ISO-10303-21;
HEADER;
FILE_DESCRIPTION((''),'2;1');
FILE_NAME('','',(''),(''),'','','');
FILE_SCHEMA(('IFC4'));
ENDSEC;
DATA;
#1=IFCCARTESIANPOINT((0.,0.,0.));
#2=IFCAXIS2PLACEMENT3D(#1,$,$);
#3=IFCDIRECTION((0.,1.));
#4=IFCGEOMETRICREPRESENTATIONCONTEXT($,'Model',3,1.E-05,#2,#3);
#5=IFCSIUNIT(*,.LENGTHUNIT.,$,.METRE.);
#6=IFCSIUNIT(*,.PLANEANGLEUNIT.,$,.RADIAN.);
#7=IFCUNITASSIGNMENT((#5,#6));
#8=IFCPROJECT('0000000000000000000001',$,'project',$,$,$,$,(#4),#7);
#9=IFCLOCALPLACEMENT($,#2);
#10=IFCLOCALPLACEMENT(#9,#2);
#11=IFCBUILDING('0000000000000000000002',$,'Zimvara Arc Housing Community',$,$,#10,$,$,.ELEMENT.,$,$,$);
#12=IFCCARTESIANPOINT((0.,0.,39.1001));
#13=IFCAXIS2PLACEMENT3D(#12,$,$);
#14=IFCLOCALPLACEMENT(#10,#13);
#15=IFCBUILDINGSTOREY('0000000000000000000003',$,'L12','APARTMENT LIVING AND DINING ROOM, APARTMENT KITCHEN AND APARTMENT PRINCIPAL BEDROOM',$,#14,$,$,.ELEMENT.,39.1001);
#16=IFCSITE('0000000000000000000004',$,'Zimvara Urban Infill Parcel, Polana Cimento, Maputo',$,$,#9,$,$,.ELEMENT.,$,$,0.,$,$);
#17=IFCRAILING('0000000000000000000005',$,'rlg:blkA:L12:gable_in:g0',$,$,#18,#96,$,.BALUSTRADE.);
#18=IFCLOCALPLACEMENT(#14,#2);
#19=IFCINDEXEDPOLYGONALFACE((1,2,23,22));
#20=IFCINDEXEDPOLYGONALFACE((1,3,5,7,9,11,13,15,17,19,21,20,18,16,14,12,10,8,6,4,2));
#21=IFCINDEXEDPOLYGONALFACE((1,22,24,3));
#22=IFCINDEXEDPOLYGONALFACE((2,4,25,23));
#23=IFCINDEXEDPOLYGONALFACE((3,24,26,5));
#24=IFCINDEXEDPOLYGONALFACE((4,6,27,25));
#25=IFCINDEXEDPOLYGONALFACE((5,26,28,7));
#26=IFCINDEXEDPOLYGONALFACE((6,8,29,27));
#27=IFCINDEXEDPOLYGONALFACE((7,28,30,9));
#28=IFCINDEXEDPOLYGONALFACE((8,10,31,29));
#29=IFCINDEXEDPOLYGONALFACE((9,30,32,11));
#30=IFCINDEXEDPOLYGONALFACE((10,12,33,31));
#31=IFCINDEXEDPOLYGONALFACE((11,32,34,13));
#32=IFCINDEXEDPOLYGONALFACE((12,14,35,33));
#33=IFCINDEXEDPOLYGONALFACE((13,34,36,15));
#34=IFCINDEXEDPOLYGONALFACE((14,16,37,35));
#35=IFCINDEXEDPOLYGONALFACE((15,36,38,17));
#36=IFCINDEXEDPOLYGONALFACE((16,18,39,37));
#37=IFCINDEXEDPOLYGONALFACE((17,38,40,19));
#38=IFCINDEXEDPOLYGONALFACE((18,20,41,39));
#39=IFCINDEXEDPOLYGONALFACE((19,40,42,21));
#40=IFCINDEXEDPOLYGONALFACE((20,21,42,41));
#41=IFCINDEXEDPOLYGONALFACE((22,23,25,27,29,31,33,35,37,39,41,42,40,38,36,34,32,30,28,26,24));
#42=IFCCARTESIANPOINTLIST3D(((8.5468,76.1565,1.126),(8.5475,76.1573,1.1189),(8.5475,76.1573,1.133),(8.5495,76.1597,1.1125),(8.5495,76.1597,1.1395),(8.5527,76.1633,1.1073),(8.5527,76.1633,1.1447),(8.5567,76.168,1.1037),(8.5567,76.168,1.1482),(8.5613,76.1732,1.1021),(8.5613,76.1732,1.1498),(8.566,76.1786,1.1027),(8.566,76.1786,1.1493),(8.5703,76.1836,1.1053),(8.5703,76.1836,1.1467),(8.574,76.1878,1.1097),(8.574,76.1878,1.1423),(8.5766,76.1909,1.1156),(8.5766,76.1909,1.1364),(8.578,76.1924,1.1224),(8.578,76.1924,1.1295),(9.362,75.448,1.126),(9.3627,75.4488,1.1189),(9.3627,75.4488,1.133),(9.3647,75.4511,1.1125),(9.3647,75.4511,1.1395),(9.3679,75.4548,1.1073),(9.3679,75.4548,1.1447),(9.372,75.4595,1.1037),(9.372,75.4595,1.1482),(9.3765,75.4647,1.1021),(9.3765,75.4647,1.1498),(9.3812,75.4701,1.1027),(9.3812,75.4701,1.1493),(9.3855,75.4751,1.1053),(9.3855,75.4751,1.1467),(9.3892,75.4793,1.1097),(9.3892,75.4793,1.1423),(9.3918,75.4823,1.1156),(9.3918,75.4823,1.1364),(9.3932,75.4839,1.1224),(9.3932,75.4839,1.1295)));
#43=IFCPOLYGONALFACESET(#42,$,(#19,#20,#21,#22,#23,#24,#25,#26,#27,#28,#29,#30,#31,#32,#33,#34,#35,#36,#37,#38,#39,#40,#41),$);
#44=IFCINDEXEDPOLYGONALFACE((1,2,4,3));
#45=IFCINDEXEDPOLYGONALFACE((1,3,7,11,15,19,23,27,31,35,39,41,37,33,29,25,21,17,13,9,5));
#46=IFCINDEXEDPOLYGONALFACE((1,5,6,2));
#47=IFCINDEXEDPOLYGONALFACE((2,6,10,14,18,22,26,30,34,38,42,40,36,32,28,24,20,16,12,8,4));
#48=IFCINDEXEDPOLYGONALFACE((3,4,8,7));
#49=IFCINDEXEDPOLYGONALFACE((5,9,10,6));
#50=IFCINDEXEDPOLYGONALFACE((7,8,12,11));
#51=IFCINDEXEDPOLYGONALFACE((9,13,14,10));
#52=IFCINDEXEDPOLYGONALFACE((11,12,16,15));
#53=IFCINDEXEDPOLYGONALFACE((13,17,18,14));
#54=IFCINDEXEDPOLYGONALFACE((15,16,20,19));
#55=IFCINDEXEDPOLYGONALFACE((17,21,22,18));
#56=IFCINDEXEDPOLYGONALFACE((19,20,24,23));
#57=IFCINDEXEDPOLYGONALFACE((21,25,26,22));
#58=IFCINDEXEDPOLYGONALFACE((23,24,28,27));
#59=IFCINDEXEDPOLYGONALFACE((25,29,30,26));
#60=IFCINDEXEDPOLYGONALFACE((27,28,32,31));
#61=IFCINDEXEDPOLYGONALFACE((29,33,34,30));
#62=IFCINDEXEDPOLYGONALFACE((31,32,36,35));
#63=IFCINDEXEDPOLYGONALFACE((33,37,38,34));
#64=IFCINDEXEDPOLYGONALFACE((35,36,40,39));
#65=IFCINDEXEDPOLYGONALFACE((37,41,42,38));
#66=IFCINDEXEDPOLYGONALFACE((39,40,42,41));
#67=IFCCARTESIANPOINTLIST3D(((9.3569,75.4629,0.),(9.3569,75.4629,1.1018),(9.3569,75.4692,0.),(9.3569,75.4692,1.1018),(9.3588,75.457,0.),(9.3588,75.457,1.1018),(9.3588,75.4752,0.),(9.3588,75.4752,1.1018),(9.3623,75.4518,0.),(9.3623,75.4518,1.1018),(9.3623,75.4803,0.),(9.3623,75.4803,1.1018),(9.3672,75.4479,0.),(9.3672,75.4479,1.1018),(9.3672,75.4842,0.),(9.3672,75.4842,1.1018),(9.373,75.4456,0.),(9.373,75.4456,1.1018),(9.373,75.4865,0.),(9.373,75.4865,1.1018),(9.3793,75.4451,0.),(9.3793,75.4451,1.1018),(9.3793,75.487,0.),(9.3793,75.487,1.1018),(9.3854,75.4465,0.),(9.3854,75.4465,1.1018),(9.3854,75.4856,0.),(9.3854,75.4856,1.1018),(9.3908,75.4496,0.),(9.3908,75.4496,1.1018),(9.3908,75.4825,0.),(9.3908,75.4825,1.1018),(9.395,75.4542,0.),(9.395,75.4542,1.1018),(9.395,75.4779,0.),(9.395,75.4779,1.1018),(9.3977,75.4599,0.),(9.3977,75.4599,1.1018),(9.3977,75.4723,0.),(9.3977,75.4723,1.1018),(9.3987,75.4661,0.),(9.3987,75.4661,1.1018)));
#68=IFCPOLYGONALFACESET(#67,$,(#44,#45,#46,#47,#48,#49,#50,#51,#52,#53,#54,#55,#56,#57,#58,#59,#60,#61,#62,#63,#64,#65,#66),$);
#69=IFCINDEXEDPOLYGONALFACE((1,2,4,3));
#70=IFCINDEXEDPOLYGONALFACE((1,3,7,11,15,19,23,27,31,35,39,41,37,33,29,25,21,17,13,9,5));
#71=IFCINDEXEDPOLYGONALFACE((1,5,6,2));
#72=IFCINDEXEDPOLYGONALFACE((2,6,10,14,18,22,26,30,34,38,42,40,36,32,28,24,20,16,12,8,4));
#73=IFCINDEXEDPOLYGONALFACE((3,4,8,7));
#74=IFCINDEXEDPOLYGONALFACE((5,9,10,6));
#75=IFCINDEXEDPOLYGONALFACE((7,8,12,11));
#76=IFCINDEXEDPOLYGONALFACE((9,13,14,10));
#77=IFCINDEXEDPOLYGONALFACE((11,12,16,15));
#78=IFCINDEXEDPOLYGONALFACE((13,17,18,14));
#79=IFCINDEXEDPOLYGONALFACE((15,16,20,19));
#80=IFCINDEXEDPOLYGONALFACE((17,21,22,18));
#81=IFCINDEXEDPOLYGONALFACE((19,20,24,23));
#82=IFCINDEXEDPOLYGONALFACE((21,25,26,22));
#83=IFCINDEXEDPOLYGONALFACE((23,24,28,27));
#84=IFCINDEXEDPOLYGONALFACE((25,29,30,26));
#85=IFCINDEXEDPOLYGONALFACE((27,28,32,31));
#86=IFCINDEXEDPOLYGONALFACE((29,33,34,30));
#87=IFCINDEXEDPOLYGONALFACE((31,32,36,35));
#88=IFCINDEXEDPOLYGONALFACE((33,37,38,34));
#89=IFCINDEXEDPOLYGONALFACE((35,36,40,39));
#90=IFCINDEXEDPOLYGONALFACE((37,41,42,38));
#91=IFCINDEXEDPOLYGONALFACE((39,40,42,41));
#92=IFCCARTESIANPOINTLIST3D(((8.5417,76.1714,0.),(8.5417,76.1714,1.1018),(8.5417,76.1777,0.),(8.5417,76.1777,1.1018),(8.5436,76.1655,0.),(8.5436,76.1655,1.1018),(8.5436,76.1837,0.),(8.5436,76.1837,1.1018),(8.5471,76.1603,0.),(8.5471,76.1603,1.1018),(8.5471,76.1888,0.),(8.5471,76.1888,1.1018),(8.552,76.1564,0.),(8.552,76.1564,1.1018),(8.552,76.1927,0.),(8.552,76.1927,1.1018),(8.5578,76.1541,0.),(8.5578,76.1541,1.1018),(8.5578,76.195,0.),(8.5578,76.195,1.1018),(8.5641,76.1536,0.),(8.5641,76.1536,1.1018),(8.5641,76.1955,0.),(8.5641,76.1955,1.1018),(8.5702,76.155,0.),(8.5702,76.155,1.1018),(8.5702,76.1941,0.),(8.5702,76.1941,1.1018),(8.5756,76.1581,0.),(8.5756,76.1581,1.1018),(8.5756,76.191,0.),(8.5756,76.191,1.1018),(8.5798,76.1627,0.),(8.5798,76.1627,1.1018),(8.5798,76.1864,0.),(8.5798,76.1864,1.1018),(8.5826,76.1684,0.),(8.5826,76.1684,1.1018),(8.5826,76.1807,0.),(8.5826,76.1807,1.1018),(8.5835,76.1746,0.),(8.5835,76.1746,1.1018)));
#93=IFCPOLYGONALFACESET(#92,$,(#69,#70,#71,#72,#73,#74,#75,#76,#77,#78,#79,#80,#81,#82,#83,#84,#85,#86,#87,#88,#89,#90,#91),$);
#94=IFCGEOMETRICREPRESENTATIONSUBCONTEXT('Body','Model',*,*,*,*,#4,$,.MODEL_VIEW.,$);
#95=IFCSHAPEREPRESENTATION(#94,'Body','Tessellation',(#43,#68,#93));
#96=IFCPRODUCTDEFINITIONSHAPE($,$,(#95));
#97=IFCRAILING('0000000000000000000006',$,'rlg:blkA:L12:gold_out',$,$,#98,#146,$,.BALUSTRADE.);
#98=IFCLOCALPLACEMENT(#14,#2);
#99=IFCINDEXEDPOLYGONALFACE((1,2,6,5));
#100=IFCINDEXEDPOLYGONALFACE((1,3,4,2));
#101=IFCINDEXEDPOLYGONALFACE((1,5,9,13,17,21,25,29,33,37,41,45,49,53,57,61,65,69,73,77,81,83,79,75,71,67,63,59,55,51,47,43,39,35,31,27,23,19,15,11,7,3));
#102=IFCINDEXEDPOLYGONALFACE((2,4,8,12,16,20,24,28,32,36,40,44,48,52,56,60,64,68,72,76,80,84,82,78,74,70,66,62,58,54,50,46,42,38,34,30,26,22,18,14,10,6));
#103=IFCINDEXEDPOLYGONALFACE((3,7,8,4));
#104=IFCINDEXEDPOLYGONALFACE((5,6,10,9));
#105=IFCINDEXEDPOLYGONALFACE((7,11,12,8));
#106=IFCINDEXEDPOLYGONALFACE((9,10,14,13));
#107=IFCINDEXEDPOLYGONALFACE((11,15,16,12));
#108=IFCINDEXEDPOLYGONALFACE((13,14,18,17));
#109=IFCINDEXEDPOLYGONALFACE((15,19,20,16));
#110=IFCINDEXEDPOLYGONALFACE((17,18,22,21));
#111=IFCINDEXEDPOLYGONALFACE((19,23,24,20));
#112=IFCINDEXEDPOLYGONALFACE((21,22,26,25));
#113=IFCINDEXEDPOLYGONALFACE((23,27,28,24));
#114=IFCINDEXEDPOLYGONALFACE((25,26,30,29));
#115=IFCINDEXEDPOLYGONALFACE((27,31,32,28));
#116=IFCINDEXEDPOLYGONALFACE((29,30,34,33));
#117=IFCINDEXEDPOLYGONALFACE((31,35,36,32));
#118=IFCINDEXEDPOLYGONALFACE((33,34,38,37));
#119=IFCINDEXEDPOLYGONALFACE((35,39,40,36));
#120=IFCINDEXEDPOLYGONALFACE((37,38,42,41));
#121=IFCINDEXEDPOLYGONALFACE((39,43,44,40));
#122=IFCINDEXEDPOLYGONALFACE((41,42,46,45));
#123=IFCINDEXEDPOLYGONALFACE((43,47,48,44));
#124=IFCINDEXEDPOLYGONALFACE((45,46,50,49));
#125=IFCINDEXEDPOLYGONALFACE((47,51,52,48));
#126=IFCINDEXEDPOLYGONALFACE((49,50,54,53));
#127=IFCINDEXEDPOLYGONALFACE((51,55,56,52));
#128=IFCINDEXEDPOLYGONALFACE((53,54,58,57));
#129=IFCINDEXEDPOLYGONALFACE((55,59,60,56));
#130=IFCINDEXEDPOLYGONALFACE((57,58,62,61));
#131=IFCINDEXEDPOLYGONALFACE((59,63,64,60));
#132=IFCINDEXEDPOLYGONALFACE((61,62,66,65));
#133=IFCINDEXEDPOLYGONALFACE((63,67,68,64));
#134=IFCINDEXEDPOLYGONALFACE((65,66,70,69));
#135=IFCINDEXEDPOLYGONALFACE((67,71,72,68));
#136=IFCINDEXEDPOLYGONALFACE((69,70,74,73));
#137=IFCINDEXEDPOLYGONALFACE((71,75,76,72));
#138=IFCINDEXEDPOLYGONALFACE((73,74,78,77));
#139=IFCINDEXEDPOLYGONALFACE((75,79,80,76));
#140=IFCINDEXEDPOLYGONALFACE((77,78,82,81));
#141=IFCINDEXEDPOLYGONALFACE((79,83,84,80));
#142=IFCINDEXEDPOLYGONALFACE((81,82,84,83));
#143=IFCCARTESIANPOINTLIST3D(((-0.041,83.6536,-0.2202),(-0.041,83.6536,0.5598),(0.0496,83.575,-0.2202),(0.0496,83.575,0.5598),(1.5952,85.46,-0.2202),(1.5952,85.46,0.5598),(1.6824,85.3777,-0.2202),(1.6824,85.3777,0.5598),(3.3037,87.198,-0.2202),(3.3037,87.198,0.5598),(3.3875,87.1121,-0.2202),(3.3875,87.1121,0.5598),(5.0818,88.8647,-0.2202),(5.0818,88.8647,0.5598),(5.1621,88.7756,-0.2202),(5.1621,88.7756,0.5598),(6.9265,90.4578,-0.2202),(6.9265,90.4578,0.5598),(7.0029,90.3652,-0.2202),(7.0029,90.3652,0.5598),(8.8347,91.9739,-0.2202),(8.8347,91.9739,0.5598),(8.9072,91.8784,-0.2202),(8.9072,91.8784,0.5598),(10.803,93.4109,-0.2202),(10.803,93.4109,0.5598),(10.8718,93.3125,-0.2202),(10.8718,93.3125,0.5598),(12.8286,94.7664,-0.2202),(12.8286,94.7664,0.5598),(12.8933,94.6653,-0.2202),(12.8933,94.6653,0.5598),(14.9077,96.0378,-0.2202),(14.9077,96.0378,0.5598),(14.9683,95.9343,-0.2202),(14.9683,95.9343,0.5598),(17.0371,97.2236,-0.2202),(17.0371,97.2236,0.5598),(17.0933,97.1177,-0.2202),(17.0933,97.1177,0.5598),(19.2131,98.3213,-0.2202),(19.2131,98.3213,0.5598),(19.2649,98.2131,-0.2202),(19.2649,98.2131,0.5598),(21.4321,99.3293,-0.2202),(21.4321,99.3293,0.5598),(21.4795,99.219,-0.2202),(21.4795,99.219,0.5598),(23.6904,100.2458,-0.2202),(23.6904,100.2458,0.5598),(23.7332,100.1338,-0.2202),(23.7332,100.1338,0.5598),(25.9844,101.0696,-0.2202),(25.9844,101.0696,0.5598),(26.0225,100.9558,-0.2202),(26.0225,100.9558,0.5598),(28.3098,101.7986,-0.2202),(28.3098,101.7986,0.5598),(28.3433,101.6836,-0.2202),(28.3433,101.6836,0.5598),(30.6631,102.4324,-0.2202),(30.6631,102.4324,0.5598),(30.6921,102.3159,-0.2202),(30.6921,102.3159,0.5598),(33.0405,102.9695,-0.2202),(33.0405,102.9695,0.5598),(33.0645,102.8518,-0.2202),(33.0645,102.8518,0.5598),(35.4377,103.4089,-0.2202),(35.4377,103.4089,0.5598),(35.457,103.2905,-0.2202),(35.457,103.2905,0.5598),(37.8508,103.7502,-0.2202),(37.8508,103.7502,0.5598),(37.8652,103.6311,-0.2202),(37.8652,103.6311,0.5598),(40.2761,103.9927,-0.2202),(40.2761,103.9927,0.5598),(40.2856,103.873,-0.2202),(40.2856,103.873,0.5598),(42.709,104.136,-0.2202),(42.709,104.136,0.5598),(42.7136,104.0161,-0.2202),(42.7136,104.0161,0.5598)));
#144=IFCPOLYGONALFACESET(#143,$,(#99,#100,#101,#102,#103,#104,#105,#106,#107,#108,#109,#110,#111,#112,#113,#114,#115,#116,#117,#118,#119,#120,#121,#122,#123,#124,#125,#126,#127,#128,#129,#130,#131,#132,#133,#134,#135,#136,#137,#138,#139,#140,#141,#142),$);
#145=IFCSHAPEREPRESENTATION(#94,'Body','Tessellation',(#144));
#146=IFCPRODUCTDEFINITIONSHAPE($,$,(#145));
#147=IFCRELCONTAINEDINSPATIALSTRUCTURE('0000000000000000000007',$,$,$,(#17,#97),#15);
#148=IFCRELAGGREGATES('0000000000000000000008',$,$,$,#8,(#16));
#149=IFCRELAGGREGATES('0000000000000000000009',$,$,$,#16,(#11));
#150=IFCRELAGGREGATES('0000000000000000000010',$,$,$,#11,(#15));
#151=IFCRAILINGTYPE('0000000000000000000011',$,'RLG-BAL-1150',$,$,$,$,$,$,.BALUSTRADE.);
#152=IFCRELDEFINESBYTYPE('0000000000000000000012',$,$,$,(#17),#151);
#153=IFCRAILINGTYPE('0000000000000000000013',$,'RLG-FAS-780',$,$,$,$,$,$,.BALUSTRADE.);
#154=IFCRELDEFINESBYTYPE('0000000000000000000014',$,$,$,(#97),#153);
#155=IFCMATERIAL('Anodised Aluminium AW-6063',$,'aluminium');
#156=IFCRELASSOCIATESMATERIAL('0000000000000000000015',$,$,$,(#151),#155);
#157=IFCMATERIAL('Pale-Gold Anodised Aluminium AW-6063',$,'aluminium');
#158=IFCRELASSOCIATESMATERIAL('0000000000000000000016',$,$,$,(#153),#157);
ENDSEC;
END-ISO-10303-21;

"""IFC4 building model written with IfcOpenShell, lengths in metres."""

from ifc_helpers import new_model, si_unit, direction, frame, origin, origin_2d, place, context, subcontext, project, spatial, polyline, circle, outline, extrude, material, type_object, element, save


model = new_model("IFC4")

# Units and contexts
model_context = context("Model", 3, precision=1e-05, world=origin(), true_north=direction((0.0, 1.0)))
body_context = subcontext(model_context, "Body", "Model", "MODEL_VIEW")
ifc_project = project(units=[si_unit("LENGTHUNIT", "METRE"), si_unit("PLANEANGLEUNIT", "RADIAN")], contexts=[model_context])

# Site, building, storey
site_placement = place(None, origin())
site = spatial("IfcSite", under=ifc_project, at=site_placement, Name="Zimvara Urban Infill Parcel, Polana Cimento, Maputo", CompositionType="ELEMENT", RefElevation=0.0)
building_placement = place(site_placement, origin())
building = spatial("IfcBuilding", under=site, at=building_placement, Name="Zimvara Arc Housing Community", CompositionType="ELEMENT")
storey_placement = place(building_placement, frame((0.0, 0.0, 39.1001)))
storey = spatial("IfcBuildingStorey", under=building, at=storey_placement, Name="L12", Description="APARTMENT LIVING AND DINING ROOM, APARTMENT KITCHEN AND APARTMENT PRINCIPAL BEDROOM", CompositionType="ELEMENT", Elevation=39.1001)

# Railings
ifc_material_1 = material(Name="Anodised Aluminium AW-6063", Category="aluminium")
railing_type_1 = type_object("IfcRailingType", Name="RLG-BAL-1150", PredefinedType="BALUSTRADE", material=ifc_material_1)
railing_1_placement = place(storey_placement, frame((9.3777, 75.4661, 0.0)))
element("IfcRailing", 1, at=railing_1_placement, inside=storey, type_object=railing_type_1, Name="rlg:blkA:L12:gable_in:g0", PredefinedType="BALUSTRADE", context=body_context, shape_type="SweptSolid", body=[
    extrude(circle(Radius=0.0239, at=origin_2d()), frame((0.0, 0.0, 1.126), z_axis=(-0.754771, 0.655988, 0.0), x_axis=(-0.655988, -0.754771, 0.0)), (0.0, 0.0, 1.0), 1.0801),
    extrude(circle(Radius=0.021, at=origin_2d()), origin(), (0.0, 0.0, 1.0), 1.1018),
    extrude(circle(Radius=0.021, at=origin_2d()), frame((-0.8152, 0.7085, 0.0)), (0.0, 0.0, 1.0), 1.1018),
])
ifc_material_2 = material(Name="Pale-Gold Anodised Aluminium AW-6063", Category="aluminium")
railing_type_2 = type_object("IfcRailingType", Name="RLG-FAS-780", PredefinedType="BALUSTRADE", material=ifc_material_2)
railing_2_placement = place(storey_placement, frame((0.0, 0.0, -0.2202)))
element("IfcRailing", 2, at=railing_2_placement, inside=storey, type_object=railing_type_2, Name="rlg:blkA:L12:gold_out", PredefinedType="BALUSTRADE", context=body_context, shape_type="SweptSolid", body=[
    extrude(outline(polyline([(0.0496, 83.575), (1.6824, 85.3777), (3.3875, 87.1121), (5.1621, 88.7756), (7.0029, 90.3652), (8.9072, 91.8784), (10.8718, 93.3125), (12.8933, 94.6653), (14.9683, 95.9343), (17.0933, 97.1177), (19.2649, 98.2131), (21.4795, 99.219), (23.7332, 100.1338), (26.0225, 100.9558), (28.3433, 101.6836), (30.6921, 102.3159), (33.0645, 102.8518), (35.457, 103.2905), (37.8652, 103.6311), (40.2856, 103.873), (42.7136, 104.0161), (42.709, 104.136), (40.2761, 103.9927), (37.8508, 103.7502), (35.4377, 103.4089), (33.0405, 102.9695), (30.6631, 102.4324), (28.3098, 101.7986), (25.9844, 101.0696), (23.6904, 100.2458), (21.4321, 99.3293), (19.2131, 98.3213), (17.0371, 97.2236), (14.9077, 96.0378), (12.8286, 94.7664), (10.803, 93.4109), (8.8347, 91.9739), (6.9265, 90.4578), (5.0818, 88.8647), (3.3037, 87.198), (1.5952, 85.46), (-0.041, 83.6536), (0.0496, 83.575)])), origin(), (0.0, 0.0, 1.0), 0.78),
])

save(model, "model.ifc")
